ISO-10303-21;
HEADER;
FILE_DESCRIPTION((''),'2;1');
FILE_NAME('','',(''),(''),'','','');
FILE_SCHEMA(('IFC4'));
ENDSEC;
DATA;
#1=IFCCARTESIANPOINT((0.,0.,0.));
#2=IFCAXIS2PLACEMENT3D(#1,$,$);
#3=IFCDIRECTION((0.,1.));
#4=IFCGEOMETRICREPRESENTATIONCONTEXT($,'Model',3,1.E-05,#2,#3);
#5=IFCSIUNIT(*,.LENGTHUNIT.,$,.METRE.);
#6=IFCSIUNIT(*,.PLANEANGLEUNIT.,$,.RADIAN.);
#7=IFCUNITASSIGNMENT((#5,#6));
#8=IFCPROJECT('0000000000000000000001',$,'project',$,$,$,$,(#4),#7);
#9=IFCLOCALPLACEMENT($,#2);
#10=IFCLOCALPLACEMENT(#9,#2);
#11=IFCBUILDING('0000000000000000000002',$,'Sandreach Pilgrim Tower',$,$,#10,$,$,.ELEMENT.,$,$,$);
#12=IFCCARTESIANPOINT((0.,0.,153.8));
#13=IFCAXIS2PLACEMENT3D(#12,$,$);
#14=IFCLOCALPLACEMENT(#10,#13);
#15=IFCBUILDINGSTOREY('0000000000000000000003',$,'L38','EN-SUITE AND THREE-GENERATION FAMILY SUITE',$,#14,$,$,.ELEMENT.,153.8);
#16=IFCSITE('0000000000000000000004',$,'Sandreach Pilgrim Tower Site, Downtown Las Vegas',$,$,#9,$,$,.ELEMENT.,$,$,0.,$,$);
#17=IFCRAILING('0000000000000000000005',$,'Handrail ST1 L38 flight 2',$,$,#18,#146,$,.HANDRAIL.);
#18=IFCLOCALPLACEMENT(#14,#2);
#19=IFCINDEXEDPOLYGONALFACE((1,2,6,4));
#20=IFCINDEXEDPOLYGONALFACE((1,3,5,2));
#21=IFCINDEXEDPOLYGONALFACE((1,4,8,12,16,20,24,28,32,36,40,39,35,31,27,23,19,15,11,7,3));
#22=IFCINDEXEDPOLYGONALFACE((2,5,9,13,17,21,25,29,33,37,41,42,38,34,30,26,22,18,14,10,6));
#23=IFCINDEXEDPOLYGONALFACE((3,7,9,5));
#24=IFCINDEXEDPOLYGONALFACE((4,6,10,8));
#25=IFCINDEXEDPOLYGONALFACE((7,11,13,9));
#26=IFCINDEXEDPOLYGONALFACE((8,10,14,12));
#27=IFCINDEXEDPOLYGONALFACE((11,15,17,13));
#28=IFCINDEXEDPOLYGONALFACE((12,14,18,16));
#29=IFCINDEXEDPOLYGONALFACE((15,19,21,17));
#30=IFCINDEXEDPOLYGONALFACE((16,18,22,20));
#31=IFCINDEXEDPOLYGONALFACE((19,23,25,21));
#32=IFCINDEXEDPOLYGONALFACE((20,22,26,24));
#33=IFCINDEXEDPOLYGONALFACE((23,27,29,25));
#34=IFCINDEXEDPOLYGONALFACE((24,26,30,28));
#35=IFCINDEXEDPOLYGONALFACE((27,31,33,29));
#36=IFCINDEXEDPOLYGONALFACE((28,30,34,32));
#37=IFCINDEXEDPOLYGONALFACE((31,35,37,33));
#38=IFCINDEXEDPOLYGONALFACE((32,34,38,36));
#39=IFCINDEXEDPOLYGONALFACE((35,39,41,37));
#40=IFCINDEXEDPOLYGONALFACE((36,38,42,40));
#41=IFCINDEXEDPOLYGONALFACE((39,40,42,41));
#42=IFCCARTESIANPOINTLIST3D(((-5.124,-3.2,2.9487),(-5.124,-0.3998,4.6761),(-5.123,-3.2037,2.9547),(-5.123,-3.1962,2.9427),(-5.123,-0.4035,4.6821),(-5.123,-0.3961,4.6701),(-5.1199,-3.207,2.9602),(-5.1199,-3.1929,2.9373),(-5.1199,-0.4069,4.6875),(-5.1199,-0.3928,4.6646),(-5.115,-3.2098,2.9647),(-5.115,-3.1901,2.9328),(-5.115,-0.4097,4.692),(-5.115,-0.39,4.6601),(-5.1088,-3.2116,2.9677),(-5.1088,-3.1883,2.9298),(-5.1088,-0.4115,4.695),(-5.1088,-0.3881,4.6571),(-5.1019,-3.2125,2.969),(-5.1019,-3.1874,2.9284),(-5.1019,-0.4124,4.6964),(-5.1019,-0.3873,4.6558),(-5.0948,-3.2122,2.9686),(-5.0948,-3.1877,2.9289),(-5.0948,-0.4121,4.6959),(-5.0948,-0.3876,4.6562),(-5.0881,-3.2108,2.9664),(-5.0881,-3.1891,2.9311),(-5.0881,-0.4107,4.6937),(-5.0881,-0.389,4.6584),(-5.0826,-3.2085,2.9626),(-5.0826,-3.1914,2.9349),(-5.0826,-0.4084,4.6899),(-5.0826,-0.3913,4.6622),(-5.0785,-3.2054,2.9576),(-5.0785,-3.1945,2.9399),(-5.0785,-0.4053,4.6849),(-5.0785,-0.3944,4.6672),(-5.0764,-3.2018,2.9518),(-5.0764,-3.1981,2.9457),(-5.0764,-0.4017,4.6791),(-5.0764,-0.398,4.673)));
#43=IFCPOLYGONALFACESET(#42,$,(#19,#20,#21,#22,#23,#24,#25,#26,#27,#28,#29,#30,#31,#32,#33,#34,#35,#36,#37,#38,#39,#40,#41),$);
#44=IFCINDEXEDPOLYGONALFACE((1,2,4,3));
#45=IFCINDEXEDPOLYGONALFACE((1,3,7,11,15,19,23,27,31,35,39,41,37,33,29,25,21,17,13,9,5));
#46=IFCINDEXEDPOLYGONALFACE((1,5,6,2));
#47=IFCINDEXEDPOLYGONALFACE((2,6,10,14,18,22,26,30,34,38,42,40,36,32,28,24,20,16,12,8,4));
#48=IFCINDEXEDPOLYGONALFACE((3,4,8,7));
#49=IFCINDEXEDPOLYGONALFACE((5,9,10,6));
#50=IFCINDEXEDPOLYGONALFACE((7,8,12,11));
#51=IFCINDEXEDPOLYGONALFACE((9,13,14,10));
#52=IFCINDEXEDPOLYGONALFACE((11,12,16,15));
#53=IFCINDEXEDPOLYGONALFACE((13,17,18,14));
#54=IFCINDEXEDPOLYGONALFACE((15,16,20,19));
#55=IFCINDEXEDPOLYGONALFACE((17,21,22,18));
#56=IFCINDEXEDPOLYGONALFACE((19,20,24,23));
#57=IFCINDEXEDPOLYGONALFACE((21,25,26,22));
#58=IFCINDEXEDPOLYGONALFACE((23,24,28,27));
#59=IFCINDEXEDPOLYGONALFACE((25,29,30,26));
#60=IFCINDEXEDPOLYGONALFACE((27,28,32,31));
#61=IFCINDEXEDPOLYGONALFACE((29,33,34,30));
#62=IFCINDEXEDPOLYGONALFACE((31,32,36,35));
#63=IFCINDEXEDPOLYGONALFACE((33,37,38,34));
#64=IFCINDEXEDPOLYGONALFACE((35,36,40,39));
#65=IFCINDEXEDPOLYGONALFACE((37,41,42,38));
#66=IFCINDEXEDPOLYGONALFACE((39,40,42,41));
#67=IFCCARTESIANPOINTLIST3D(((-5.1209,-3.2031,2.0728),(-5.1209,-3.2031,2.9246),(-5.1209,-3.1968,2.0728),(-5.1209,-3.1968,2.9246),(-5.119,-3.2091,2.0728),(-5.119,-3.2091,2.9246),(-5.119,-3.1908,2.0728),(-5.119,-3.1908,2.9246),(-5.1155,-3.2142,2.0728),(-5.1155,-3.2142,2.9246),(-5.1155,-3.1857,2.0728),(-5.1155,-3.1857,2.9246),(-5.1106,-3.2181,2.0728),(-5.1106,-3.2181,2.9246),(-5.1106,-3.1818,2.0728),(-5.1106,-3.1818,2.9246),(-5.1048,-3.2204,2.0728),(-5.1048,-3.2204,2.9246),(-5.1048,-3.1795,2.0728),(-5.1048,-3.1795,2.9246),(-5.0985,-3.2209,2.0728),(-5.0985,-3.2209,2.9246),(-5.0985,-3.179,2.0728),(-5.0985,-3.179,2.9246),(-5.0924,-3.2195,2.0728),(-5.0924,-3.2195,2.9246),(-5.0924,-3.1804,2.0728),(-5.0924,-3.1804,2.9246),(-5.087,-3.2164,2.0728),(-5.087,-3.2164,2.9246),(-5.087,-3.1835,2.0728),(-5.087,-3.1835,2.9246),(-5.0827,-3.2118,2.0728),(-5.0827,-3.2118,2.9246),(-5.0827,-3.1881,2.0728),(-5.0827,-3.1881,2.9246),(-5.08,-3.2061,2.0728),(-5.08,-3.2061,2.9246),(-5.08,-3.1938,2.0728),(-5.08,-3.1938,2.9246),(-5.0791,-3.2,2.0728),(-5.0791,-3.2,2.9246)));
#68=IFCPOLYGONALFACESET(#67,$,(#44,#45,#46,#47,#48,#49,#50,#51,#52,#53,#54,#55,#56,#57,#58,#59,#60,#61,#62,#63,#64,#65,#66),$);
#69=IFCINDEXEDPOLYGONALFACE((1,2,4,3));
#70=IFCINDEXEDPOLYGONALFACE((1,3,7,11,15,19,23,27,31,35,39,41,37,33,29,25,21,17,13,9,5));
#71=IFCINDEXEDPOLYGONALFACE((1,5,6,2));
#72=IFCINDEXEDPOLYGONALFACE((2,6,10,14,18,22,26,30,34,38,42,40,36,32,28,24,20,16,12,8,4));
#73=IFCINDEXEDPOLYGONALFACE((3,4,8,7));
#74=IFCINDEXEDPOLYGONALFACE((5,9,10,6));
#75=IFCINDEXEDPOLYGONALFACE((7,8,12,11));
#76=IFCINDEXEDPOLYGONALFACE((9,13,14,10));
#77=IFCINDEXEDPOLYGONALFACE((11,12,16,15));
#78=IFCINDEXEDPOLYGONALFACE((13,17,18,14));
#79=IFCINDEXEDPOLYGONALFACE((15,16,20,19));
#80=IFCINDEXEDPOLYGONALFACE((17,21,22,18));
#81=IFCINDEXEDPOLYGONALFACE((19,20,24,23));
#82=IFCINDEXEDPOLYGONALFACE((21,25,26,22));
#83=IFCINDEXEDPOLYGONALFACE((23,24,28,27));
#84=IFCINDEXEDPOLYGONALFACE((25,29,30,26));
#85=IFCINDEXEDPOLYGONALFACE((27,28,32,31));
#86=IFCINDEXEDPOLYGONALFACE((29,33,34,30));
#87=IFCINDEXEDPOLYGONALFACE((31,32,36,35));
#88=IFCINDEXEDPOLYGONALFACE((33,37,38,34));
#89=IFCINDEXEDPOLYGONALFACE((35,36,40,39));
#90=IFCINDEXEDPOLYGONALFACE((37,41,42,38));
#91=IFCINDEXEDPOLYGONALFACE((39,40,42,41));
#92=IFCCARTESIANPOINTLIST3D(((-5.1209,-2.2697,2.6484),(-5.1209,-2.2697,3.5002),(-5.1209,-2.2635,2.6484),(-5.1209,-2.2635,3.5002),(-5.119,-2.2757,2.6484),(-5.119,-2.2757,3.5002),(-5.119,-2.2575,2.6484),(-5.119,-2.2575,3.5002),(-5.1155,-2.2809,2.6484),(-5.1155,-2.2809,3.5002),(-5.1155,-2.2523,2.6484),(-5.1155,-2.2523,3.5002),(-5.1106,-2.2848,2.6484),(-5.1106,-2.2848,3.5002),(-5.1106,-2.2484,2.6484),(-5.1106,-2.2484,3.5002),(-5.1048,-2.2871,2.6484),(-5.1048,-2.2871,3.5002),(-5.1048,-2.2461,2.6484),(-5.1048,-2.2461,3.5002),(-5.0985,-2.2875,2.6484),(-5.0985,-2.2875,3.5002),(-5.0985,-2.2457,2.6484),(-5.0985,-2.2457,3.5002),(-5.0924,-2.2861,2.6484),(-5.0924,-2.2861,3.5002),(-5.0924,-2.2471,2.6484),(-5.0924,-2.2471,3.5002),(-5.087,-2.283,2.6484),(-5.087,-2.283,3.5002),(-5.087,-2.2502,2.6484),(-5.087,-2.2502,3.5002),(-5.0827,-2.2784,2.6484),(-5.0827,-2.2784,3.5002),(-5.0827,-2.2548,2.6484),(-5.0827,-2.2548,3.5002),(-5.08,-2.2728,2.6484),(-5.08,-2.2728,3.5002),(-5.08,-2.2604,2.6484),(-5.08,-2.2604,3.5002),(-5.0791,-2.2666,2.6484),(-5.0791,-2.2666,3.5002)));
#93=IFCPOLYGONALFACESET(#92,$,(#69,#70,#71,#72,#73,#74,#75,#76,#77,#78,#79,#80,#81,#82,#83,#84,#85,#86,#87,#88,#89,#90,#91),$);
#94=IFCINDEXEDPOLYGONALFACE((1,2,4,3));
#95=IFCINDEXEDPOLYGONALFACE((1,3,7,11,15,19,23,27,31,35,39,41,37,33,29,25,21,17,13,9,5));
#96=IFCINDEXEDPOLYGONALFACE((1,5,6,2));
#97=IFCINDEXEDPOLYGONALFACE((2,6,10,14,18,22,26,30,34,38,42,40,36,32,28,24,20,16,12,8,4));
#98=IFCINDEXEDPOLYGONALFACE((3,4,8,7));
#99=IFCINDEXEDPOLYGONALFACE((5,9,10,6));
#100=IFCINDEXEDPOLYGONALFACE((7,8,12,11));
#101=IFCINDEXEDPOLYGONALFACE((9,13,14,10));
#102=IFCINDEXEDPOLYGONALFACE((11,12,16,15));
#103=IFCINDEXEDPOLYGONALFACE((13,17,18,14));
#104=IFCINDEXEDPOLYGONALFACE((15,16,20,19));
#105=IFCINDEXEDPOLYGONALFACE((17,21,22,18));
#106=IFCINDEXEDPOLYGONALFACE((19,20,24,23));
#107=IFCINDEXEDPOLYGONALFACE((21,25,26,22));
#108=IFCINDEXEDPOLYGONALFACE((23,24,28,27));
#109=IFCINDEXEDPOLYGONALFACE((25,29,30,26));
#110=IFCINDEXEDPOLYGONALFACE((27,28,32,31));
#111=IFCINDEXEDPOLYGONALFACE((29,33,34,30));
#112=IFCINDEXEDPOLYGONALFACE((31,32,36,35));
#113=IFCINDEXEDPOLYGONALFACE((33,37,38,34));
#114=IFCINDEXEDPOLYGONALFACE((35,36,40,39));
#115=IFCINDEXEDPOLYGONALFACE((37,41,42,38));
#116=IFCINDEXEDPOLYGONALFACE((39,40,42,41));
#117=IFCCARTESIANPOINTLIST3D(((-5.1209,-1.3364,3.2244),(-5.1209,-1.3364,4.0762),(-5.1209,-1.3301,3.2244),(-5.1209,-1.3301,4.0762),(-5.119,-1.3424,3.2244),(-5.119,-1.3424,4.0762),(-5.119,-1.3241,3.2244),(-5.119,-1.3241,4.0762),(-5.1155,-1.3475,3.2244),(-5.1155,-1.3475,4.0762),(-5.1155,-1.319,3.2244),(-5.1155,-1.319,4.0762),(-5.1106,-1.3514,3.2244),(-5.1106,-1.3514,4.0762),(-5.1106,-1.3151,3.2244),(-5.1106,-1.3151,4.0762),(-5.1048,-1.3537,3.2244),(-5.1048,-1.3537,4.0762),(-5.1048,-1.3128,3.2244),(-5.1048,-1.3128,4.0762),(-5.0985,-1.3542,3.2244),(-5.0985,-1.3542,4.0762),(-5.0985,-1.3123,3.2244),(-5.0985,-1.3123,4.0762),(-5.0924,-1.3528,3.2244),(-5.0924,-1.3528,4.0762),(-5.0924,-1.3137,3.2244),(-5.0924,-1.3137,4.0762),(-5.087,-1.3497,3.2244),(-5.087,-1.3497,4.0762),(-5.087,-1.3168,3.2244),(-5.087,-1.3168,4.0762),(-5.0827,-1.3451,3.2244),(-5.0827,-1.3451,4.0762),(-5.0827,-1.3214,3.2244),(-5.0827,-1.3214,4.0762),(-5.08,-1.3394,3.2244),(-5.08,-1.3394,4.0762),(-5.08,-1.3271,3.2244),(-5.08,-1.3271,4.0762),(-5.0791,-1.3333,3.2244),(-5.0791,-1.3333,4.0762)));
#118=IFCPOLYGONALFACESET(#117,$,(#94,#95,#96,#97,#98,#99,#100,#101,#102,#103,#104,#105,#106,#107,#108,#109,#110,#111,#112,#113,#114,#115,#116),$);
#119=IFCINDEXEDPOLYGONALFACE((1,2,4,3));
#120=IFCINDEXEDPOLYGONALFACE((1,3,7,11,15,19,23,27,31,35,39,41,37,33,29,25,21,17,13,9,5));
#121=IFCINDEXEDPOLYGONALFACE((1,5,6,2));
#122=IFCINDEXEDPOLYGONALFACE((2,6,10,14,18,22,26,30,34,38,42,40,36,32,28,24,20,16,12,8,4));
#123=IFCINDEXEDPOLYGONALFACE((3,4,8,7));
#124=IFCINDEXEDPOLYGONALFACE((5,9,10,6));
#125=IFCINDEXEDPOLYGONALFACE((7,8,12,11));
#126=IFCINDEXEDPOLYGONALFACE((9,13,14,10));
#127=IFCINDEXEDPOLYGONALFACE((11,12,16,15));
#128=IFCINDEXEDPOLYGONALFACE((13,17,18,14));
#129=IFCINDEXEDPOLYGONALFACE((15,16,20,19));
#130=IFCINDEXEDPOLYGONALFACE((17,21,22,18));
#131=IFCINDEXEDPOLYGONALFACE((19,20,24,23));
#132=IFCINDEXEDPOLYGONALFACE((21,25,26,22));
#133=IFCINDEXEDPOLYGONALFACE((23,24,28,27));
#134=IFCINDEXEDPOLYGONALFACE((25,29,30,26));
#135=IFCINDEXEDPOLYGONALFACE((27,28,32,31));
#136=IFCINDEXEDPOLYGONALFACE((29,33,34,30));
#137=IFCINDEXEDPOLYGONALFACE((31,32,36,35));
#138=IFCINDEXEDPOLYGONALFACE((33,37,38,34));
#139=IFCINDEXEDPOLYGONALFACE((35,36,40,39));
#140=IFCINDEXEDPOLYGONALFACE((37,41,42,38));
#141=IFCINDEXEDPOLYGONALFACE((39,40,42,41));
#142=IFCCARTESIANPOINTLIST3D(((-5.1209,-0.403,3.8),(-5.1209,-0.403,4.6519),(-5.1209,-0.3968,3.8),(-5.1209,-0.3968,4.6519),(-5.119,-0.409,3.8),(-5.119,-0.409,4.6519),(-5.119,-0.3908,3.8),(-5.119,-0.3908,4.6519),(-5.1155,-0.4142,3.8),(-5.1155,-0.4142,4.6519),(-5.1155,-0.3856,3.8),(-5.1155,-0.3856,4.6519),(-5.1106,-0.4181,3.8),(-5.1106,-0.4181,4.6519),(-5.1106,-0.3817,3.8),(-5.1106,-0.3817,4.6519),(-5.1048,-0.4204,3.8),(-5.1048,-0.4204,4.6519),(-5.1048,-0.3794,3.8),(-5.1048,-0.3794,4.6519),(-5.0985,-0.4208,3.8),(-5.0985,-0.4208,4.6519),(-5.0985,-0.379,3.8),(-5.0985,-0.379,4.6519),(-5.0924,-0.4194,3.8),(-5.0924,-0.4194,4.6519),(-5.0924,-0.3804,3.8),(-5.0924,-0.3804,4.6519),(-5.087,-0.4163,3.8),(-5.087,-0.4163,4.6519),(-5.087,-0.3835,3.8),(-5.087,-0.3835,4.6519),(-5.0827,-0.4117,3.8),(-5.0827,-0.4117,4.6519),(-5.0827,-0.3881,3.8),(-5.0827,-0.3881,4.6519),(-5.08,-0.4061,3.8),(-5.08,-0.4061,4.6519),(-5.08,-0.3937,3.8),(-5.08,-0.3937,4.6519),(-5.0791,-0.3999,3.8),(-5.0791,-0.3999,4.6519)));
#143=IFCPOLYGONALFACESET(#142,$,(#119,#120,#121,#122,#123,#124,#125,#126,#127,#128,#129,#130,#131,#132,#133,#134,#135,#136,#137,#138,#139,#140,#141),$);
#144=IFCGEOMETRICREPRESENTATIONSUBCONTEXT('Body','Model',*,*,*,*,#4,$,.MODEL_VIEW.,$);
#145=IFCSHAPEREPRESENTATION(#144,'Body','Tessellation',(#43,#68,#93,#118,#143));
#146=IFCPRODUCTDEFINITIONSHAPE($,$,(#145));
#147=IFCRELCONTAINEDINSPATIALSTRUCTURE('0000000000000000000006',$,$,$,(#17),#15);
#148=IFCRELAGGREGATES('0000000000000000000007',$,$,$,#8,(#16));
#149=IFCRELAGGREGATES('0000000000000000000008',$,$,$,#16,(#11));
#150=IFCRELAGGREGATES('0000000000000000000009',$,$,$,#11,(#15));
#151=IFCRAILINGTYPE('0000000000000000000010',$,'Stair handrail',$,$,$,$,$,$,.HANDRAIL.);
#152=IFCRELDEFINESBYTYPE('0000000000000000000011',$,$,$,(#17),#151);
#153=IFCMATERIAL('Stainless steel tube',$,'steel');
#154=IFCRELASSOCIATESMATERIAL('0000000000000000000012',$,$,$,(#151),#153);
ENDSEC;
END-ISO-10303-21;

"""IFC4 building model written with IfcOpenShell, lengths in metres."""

from ifc_helpers import new_model, si_unit, direction, frame, origin, origin_2d, place, context, subcontext, project, spatial, circle, extrude, material, type_object, element, save


model = new_model("IFC4")

# Units and contexts
model_context = context("Model", 3, precision=1e-05, world=origin(), true_north=direction((0.0, 1.0)))
body_context = subcontext(model_context, "Body", "Model", "MODEL_VIEW")
ifc_project = project(units=[si_unit("LENGTHUNIT", "METRE"), si_unit("PLANEANGLEUNIT", "RADIAN")], contexts=[model_context])

# Site, building, storey
site_placement = place(None, origin())
site = spatial("IfcSite", under=ifc_project, at=site_placement, Name="Sandreach Pilgrim Tower Site, Downtown Las Vegas", CompositionType="ELEMENT", RefElevation=0.0)
building_placement = place(site_placement, origin())
building = spatial("IfcBuilding", under=site, at=building_placement, Name="Sandreach Pilgrim Tower", CompositionType="ELEMENT")
storey_placement = place(building_placement, frame((0.0, 0.0, 153.8)))
storey = spatial("IfcBuildingStorey", under=building, at=storey_placement, Name="L38", Description="EN-SUITE AND THREE-GENERATION FAMILY SUITE", CompositionType="ELEMENT", Elevation=153.8)

# Railing
ifc_material_1 = material(Name="Stainless steel tube", Category="steel")
railing_type = type_object("IfcRailingType", Name="Stair handrail", PredefinedType="HANDRAIL", material=ifc_material_1)
railing_placement = place(storey_placement, frame((-5.1001, -3.2, 2.0728)))
element("IfcRailing", 1, at=railing_placement, inside=storey, type_object=railing_type, Name="Handrail ST1 L38 flight 2", PredefinedType="HANDRAIL", context=body_context, shape_type="SweptSolid", body=[
    extrude(circle(Radius=0.0239, at=origin_2d()), frame((0.0, 0.0, 0.876), z_axis=(0.0, 0.85109, 0.52502), x_axis=(-1.0, 0.0, 0.0)), (0.0, 0.0, 1.0), 3.29),
    extrude(circle(Radius=0.021, at=origin_2d()), origin(), (0.0, 0.0, 1.0), 0.8518),
    extrude(circle(Radius=0.021, at=origin_2d()), frame((0.0, 0.9333, 0.5757)), (0.0, 0.0, 1.0), 0.8518),
    extrude(circle(Radius=0.021, at=origin_2d()), frame((0.0, 1.8667, 1.1516)), (0.0, 0.0, 1.0), 0.8518),
    extrude(circle(Radius=0.021, at=origin_2d()), frame((0.0, 2.8, 1.7273)), (0.0, 0.0, 1.0), 0.8518),
])

save(model, "model.ifc")
